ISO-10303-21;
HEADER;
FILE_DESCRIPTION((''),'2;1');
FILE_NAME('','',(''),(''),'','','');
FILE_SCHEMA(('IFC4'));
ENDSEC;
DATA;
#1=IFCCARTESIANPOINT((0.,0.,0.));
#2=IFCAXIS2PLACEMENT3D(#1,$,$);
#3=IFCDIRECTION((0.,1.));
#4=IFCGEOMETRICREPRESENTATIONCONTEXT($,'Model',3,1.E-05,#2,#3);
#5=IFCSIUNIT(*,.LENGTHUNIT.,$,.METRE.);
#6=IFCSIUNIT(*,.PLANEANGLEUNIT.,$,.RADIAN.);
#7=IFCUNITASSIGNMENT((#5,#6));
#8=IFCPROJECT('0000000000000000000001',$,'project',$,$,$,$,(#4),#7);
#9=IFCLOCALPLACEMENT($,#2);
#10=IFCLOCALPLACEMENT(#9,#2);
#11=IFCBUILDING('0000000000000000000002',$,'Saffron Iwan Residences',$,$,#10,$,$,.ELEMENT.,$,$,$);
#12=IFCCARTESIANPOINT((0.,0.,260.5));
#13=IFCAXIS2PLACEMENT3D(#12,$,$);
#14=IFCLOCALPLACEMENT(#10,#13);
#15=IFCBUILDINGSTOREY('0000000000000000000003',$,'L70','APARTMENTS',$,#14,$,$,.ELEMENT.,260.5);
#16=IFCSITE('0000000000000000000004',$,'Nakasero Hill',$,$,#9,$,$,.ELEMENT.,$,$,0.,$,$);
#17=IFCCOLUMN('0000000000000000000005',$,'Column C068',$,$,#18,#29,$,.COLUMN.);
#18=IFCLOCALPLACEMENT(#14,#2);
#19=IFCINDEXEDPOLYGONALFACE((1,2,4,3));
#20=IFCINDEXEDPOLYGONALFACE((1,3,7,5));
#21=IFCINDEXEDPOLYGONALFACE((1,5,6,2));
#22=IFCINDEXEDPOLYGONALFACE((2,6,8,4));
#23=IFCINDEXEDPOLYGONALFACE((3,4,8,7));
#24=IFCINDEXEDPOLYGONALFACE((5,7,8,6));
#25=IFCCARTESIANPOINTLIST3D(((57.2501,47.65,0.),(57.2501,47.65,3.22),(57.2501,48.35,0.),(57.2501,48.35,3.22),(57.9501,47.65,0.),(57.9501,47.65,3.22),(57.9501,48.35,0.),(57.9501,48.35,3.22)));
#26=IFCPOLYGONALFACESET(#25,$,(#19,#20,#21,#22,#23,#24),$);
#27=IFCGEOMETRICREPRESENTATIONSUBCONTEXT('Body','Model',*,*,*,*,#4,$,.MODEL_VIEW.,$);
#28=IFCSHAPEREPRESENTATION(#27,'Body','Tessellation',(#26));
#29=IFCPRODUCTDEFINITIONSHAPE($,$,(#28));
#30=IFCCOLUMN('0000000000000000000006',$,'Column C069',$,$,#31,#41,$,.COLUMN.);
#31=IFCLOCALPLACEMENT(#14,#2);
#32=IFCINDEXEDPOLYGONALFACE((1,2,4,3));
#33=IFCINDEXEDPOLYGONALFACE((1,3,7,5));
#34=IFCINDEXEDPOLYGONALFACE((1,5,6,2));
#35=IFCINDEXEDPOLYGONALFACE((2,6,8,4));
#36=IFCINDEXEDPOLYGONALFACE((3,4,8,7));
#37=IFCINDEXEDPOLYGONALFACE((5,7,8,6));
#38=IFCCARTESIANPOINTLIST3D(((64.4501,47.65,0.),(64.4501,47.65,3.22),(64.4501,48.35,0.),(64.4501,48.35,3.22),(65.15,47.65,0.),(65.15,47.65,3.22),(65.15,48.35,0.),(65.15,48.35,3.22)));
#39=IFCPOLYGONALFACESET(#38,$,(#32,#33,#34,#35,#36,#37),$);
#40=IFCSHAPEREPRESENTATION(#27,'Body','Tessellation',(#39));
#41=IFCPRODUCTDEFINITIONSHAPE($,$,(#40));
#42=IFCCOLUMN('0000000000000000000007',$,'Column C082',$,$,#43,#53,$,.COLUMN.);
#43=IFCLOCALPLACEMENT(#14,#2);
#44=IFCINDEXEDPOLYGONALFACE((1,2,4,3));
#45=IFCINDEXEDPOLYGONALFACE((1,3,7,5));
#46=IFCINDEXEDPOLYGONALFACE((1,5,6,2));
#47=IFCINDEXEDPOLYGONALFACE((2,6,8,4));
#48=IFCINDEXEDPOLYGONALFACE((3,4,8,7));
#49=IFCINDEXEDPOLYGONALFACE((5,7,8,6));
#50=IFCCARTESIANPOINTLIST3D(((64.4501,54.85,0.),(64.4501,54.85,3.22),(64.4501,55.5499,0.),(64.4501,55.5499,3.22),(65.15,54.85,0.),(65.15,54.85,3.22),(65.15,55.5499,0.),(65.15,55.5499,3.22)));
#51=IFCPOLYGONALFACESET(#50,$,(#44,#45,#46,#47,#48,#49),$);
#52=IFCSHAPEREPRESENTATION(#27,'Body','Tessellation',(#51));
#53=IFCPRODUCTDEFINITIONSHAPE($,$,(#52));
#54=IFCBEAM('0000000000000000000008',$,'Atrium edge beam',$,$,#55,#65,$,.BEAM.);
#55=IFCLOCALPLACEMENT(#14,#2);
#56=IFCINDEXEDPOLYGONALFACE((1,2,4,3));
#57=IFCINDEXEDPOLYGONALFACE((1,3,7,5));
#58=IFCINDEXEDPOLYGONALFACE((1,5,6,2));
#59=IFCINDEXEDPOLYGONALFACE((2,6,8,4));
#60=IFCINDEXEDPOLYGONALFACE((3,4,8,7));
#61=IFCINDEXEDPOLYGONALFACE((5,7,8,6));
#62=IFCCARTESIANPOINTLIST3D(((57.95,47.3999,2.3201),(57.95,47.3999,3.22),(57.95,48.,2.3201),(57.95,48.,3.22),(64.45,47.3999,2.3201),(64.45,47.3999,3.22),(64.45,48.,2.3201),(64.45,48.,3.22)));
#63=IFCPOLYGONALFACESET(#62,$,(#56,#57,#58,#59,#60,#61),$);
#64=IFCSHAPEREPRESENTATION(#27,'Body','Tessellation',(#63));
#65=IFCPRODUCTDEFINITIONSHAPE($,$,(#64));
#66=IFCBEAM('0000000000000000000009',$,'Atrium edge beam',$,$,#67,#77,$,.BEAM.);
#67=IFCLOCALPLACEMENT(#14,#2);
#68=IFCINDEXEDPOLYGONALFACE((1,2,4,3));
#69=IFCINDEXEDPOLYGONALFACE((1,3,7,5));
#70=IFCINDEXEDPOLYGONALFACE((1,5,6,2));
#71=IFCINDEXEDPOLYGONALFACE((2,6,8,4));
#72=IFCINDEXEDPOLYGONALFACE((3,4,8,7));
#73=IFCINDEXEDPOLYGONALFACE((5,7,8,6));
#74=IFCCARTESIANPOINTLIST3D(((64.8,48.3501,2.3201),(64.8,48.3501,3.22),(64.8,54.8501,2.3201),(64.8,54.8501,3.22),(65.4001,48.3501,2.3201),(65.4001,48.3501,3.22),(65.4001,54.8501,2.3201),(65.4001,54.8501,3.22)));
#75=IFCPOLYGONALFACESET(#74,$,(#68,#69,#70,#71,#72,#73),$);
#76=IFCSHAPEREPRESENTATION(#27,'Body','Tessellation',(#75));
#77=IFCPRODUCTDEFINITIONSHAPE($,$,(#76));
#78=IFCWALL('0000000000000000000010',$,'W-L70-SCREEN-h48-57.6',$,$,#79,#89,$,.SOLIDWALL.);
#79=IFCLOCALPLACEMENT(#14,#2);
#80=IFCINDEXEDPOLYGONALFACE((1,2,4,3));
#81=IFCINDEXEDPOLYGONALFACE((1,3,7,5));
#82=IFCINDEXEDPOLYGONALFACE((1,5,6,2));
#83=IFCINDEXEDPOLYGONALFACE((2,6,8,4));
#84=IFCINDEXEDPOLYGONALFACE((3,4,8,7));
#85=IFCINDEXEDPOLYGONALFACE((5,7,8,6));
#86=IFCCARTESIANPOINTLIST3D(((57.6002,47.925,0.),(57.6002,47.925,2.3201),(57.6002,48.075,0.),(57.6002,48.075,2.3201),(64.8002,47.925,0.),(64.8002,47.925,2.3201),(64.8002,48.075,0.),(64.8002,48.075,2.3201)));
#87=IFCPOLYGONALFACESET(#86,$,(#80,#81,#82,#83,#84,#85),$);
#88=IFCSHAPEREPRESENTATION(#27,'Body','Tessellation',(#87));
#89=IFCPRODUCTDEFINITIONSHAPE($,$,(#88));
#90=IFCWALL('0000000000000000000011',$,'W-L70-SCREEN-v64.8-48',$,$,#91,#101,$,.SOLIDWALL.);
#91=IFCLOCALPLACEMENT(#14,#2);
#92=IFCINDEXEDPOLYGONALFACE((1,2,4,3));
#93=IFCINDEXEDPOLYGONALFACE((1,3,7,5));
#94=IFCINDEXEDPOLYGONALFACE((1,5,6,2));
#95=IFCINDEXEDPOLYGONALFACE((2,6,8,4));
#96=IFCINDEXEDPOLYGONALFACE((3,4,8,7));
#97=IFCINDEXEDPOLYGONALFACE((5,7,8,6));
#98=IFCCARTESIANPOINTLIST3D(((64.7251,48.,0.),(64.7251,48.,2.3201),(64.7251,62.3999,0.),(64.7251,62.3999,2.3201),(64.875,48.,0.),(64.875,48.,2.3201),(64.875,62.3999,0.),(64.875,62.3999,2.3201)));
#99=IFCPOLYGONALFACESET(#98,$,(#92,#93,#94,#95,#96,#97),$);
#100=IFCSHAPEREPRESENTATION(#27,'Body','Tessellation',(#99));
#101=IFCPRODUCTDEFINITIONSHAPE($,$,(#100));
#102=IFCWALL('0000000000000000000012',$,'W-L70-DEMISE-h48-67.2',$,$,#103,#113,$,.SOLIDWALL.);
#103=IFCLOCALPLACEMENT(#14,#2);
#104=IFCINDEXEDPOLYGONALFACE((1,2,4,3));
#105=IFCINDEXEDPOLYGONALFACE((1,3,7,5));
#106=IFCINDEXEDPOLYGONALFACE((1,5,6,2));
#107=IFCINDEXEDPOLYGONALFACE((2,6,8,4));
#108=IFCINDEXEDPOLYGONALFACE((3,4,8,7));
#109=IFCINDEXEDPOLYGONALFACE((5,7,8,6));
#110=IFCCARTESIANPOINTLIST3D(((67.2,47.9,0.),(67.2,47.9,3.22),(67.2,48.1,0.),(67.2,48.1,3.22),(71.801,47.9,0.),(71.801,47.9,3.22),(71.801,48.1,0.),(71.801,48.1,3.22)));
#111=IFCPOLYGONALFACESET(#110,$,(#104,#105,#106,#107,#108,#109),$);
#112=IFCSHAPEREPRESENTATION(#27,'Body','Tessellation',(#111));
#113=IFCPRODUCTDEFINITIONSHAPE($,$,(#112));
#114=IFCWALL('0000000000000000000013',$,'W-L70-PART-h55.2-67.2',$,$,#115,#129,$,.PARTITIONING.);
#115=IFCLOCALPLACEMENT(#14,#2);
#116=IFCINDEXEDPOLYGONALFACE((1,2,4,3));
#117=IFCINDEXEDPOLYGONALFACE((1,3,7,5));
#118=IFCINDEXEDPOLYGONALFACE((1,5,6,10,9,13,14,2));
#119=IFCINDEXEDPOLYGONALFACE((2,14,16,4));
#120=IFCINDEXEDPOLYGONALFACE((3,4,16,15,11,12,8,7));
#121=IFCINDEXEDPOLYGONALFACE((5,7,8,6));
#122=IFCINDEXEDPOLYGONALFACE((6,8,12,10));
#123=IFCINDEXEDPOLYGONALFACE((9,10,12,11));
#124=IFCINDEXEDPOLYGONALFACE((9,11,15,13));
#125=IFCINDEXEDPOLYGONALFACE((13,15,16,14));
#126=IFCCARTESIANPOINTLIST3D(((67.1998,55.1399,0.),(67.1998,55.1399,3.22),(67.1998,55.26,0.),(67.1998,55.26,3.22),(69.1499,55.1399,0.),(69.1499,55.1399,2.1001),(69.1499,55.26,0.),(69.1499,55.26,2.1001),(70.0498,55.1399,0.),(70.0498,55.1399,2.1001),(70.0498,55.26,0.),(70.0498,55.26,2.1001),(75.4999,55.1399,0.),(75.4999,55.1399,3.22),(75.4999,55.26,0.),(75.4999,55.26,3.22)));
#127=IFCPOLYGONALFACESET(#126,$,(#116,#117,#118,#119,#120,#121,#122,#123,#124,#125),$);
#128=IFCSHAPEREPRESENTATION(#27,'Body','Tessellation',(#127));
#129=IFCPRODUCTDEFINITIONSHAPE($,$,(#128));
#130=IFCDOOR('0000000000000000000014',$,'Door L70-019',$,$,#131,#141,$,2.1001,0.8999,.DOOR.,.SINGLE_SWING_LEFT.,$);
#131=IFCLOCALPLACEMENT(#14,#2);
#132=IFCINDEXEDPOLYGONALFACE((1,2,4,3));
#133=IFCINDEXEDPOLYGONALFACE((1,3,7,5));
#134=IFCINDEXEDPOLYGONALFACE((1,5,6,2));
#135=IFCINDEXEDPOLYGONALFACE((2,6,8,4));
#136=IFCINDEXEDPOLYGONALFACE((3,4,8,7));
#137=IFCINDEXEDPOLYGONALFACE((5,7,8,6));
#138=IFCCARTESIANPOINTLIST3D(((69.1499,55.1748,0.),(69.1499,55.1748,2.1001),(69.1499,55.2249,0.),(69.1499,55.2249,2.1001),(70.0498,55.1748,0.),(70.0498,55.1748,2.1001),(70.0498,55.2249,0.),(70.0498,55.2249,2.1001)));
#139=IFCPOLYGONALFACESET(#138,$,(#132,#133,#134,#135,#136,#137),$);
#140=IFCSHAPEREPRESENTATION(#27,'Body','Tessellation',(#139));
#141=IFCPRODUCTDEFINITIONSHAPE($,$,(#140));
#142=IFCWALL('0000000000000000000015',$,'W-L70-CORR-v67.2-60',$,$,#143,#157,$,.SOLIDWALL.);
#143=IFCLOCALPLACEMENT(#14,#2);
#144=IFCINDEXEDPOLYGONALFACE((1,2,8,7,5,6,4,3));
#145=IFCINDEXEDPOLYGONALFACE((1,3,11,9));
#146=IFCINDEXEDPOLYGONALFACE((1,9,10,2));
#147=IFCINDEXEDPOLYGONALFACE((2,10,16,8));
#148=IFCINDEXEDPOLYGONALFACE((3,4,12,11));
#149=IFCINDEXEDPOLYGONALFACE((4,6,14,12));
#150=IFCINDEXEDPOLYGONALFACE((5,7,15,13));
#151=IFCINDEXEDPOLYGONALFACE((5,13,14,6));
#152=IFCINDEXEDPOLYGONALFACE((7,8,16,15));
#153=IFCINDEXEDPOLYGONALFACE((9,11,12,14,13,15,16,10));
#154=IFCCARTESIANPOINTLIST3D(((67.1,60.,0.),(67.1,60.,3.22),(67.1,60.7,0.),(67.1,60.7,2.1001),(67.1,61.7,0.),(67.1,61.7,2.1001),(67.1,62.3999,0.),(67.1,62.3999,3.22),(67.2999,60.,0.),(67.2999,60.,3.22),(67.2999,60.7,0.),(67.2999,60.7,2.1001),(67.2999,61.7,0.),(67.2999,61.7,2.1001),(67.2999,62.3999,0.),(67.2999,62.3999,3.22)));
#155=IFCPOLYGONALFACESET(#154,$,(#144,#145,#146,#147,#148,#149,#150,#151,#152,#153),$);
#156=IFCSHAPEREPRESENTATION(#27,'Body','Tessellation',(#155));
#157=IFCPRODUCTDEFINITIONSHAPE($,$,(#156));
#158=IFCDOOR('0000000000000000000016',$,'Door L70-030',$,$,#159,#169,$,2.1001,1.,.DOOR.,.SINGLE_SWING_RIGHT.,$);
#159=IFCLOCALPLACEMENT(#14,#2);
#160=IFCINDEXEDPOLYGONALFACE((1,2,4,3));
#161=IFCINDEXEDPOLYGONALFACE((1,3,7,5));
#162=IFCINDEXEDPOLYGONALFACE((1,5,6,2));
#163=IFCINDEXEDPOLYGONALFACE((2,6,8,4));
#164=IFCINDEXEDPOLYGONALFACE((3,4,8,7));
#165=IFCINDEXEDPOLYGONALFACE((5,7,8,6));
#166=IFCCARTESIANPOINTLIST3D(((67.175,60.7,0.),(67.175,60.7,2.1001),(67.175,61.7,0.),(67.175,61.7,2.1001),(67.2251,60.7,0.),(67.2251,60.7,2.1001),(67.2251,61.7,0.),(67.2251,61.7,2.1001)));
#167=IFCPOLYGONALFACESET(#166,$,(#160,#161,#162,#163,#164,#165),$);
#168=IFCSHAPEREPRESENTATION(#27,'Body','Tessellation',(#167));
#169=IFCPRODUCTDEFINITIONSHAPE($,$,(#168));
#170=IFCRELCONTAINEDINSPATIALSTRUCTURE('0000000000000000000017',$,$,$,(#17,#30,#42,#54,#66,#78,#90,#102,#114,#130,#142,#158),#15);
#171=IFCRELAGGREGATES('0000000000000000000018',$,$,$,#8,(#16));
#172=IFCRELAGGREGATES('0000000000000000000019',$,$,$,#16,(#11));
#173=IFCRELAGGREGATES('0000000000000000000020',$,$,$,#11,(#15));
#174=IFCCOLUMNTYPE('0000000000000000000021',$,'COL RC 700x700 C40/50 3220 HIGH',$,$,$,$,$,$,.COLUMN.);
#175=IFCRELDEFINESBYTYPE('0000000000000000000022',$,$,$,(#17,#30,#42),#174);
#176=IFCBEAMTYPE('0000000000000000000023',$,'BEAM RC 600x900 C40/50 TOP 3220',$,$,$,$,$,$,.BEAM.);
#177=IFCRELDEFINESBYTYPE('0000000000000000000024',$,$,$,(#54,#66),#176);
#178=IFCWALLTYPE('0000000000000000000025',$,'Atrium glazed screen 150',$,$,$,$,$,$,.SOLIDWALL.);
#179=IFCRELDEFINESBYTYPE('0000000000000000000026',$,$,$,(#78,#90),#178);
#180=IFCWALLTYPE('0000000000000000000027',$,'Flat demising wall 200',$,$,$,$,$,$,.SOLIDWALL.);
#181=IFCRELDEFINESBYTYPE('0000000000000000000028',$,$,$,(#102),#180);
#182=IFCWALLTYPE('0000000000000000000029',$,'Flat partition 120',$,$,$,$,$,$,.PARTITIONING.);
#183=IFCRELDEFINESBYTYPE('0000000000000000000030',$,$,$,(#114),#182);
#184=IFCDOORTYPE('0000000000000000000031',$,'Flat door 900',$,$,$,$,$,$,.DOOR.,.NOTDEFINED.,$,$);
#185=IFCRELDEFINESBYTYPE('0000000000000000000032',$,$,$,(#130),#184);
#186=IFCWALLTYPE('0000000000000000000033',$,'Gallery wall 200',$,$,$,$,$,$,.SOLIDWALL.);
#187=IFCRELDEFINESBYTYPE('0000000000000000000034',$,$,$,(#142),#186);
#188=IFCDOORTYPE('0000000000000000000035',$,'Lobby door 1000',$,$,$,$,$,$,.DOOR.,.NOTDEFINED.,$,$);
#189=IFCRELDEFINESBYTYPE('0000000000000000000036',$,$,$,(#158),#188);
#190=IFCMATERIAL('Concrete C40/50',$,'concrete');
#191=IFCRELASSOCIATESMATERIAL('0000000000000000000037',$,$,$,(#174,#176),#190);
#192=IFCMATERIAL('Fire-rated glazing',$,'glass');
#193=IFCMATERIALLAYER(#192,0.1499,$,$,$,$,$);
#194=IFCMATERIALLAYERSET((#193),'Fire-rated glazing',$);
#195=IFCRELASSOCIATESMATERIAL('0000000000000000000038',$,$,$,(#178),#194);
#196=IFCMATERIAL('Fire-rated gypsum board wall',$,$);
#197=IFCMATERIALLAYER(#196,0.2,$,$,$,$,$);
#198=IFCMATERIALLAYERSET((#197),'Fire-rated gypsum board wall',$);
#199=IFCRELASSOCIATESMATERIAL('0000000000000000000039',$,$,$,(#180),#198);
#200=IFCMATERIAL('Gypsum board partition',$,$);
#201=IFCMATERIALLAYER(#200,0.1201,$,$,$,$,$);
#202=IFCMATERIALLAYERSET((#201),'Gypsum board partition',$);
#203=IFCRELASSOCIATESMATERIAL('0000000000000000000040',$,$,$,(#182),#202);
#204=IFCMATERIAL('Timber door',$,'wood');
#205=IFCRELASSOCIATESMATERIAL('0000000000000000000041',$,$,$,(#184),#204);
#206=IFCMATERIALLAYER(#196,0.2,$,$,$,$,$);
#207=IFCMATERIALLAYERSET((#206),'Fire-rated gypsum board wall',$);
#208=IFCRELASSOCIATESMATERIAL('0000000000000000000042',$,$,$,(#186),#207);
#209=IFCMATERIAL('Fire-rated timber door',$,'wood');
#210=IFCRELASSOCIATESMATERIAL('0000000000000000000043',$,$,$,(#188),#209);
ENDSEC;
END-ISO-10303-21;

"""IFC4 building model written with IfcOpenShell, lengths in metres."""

from ifc_helpers import new_model, si_unit, direction, frame, frame_2d, origin, origin_2d, place, context, subcontext, project, spatial, rectangle, extrude, source, transform, mapped, material, layer, layer_set, material_profile, profile_set, type_object, element, fill, save


model = new_model("IFC4")

# Units and contexts
model_context = context("Model", 3, precision=1e-05, world=origin(), true_north=direction((0.0, 1.0)))
body_context = subcontext(model_context, "Body", "Model", "MODEL_VIEW")
ifc_project = project(units=[si_unit("LENGTHUNIT", "METRE"), si_unit("PLANEANGLEUNIT", "RADIAN")], contexts=[model_context])

# Site, building, storey
site_placement = place(None, origin())
site = spatial("IfcSite", under=ifc_project, at=site_placement, Name="Nakasero Hill", CompositionType="ELEMENT", RefElevation=0.0)
building_placement = place(site_placement, origin())
building = spatial("IfcBuilding", under=site, at=building_placement, Name="Saffron Iwan Residences", CompositionType="ELEMENT")
storey_placement = place(building_placement, frame((0.0, 0.0, 260.5)))
storey = spatial("IfcBuildingStorey", under=building, at=storey_placement, Name="L70", Description="APARTMENTS", CompositionType="ELEMENT", Elevation=260.5)

# Columns
ifc_material_1 = material(Name="Concrete C40/50", Category="concrete")
ifc_material_profile_1 = material_profile(ifc_material_1, rectangle(XDim=0.7, YDim=0.7, at=origin_2d()), Name="RC 700x700")
ifc_profile_set_1 = profile_set([ifc_material_profile_1], Name="Concrete C40/50")
column_type = type_object("IfcColumnType", Name="COL RC 700x700 C40/50 3220 HIGH", PredefinedType="COLUMN", material=ifc_profile_set_1)
shared_shape_1 = source(origin(), body_context, "Body", "SweptSolid", [
    extrude(rectangle(XDim=0.7, YDim=0.7, at=origin_2d()), origin(), (0.0, 0.0, 1.0), 3.22),
])
for number, where, z_axis, x_axis, name in (
    (1, (57.6001, 48.0, 0.0), (0.0, 0.0, 1.0), (1.0, 0.0, 0.0), "Column C068"),
    (2, (64.8, 48.0, 0.0), (0.0, 0.0, 1.0), (1.0, 0.0, 0.0), "Column C069"),
    (3, (64.8, 55.2, 0.0), (0.0, 0.0, 1.0), (1.0, 0.0, 0.0), "Column C082"),
):
    element("IfcColumn", number, at=place(storey_placement, frame(where, z_axis=z_axis, x_axis=x_axis)), inside=storey, type_object=column_type, Name=name, PredefinedType="COLUMN", context=body_context, shape_type="MappedRepresentation", body=[
        mapped(shared_shape_1, transform((0.0, 0.0, 0.0))),
    ])

# Beams
ifc_material_profile_2 = material_profile(ifc_material_1, rectangle(XDim=0.6001, YDim=0.8999, at=origin_2d()), Name="RC 600x900")
ifc_profile_set_2 = profile_set([ifc_material_profile_2], Name="Concrete C40/50")
beam_type = type_object("IfcBeamType", Name="BEAM RC 600x900 C40/50 TOP 3220", PredefinedType="BEAM", material=ifc_profile_set_2)
shared_shape_2 = source(origin(), body_context, "Body", "SweptSolid", [
    extrude(rectangle(XDim=0.6001, YDim=0.8999, at=origin_2d()), origin(), (0.0, 0.0, 1.0), 6.5),
])
for number, where, z_axis, x_axis, name in (
    (4, (64.45, 47.7, 2.77), (-1.0, 0.0, 0.0), (0.0, -1.0, 0.0), "Atrium edge beam"),
    (5, (65.1001, 54.8501, 2.77), (0.0, -1.0, 0.0), (1.0, 0.0, 0.0), "Atrium edge beam"),
):
    element("IfcBeam", number, at=place(storey_placement, frame(where, z_axis=z_axis, x_axis=x_axis)), inside=storey, type_object=beam_type, Name=name, PredefinedType="BEAM", context=body_context, shape_type="MappedRepresentation", body=[
        mapped(shared_shape_2, transform((0.0, 0.0, 0.0))),
    ])

# Walls
ifc_material_2 = material(Name="Fire-rated glazing", Category="glass")
ifc_layer_1 = layer(ifc_material_2, 0.1499)
ifc_layer_set_1 = layer_set([ifc_layer_1], Name="Fire-rated glazing")
wall_type_1 = type_object("IfcWallType", Name="Atrium glazed screen 150", PredefinedType="SOLIDWALL", material=ifc_layer_set_1)
wall_1_placement = place(storey_placement, frame((57.6001, 48.0, 0.0), z_axis=(0.0, 0.0, 1.0), x_axis=(1.0, 0.0, 0.0)))
element("IfcWall", 6, at=wall_1_placement, inside=storey, type_object=wall_type_1, Name="W-L70-SCREEN-h48-57.6", PredefinedType="SOLIDWALL", context=body_context, shape_type="SweptSolid", body=[
    extrude(rectangle(XDim=7.2, YDim=0.1499, at=frame_2d((3.6001, 0.0))), origin(), (0.0, 0.0, 1.0), 2.3201),
])
wall_2_placement = place(storey_placement, frame((64.8, 48.0, 0.0), z_axis=(0.0, 0.0, 1.0), x_axis=(0.0, 1.0, 0.0)))
element("IfcWall", 7, at=wall_2_placement, inside=storey, type_object=wall_type_1, Name="W-L70-SCREEN-v64.8-48", PredefinedType="SOLIDWALL", context=body_context, shape_type="SweptSolid", body=[
    extrude(rectangle(XDim=14.3999, YDim=0.1499, at=frame_2d((7.2, 0.0))), origin(), (0.0, 0.0, 1.0), 2.3201),
])
ifc_material_3 = material(Name="Fire-rated gypsum board wall")
ifc_layer_2 = layer(ifc_material_3, 0.2)
ifc_layer_set_2 = layer_set([ifc_layer_2], Name="Fire-rated gypsum board wall")
wall_type_2 = type_object("IfcWallType", Name="Flat demising wall 200", PredefinedType="SOLIDWALL", material=ifc_layer_set_2)
wall_3_placement = place(storey_placement, frame((67.2, 48.0, 0.0), z_axis=(0.0, 0.0, 1.0), x_axis=(1.0, 0.0, 0.0)))
element("IfcWall", 8, at=wall_3_placement, inside=storey, type_object=wall_type_2, Name="W-L70-DEMISE-h48-67.2", PredefinedType="SOLIDWALL", context=body_context, shape_type="SweptSolid", body=[
    extrude(rectangle(XDim=4.6011, YDim=0.2, at=frame_2d((2.3005, 0.0))), origin(), (0.0, 0.0, 1.0), 3.22),
])

# Walls, openings, doors
ifc_material_4 = material(Name="Gypsum board partition")
ifc_layer_3 = layer(ifc_material_4, 0.1201)
ifc_layer_set_3 = layer_set([ifc_layer_3], Name="Gypsum board partition")
wall_type_3 = type_object("IfcWallType", Name="Flat partition 120", PredefinedType="PARTITIONING", material=ifc_layer_set_3)
wall_4_placement = place(storey_placement, frame((67.2, 55.2, 0.0), z_axis=(0.0, 0.0, 1.0), x_axis=(1.0, 0.0, 0.0)))
wall_4 = element("IfcWall", 9, at=wall_4_placement, inside=storey, type_object=wall_type_3, Name="W-L70-PART-h55.2-67.2", PredefinedType="PARTITIONING", context=body_context, shape_type="SweptSolid", body=[
    extrude(rectangle(XDim=8.3, YDim=0.1201, at=frame_2d((4.1499, 0.0))), origin(), (0.0, 0.0, 1.0), 3.22),
])
opening_1_placement = place(wall_4_placement, frame((1.95, 0.0, 0.0)))
opening_1 = element("IfcOpeningElement", 10, at=opening_1_placement, cuts=wall_4, PredefinedType="OPENING", context=body_context, shape_type="SweptSolid", body=[
    extrude(rectangle(XDim=0.8999, YDim=2.1001, at=frame_2d((0.45, 1.05))), frame((0.0, 0.0701, 0.0), z_axis=(0.0, -1.0, 0.0), x_axis=(1.0, 0.0, 0.0)), (0.0, 0.0, 1.0), 0.1401),
])
ifc_material_5 = material(Name="Timber door", Category="wood")
door_type_1 = type_object("IfcDoorType", Name="Flat door 900", OperationType="NOTDEFINED", PredefinedType="DOOR", material=ifc_material_5)
door_1_placement = place(opening_1_placement, origin())
door_1 = element("IfcDoor", 11, at=door_1_placement, inside=storey, type_object=door_type_1, Name="Door L70-019", OperationType="SINGLE_SWING_LEFT", OverallHeight=2.1001, OverallWidth=0.8999, PredefinedType="DOOR", context=body_context, shape_type="SweptSolid", body=[
    extrude(rectangle(XDim=0.8999, YDim=2.1001, at=frame_2d((0.45, 1.05))), frame((0.0, 0.0249, 0.0), z_axis=(0.0, -1.0, 0.0), x_axis=(1.0, 0.0, 0.0)), (0.0, 0.0, 1.0), 0.05),
])
fill(opening_1, door_1)
ifc_layer_4 = layer(ifc_material_3, 0.2)
ifc_layer_set_4 = layer_set([ifc_layer_4], Name="Fire-rated gypsum board wall")
wall_type_4 = type_object("IfcWallType", Name="Gallery wall 200", PredefinedType="SOLIDWALL", material=ifc_layer_set_4)
wall_5_placement = place(storey_placement, frame((67.2, 60.0, 0.0), z_axis=(0.0, 0.0, 1.0), x_axis=(0.0, 1.0, 0.0)))
wall_5 = element("IfcWall", 12, at=wall_5_placement, inside=storey, type_object=wall_type_4, Name="W-L70-CORR-v67.2-60", PredefinedType="SOLIDWALL", context=body_context, shape_type="SweptSolid", body=[
    extrude(rectangle(XDim=2.3999, YDim=0.2, at=frame_2d((1.2, 0.0))), origin(), (0.0, 0.0, 1.0), 3.22),
])
opening_2_placement = place(wall_5_placement, frame((0.7, 0.0, 0.0)))
opening_2 = element("IfcOpeningElement", 13, at=opening_2_placement, cuts=wall_5, PredefinedType="OPENING", context=body_context, shape_type="SweptSolid", body=[
    extrude(rectangle(XDim=1.0, YDim=2.1001, at=frame_2d((0.5, 1.05))), frame((0.0, 0.1099, 0.0), z_axis=(0.0, -1.0, 0.0), x_axis=(1.0, 0.0, 0.0)), (0.0, 0.0, 1.0), 0.22),
])
ifc_material_6 = material(Name="Fire-rated timber door", Category="wood")
door_type_2 = type_object("IfcDoorType", Name="Lobby door 1000", OperationType="NOTDEFINED", PredefinedType="DOOR", material=ifc_material_6)
door_2_placement = place(opening_2_placement, origin())
door_2 = element("IfcDoor", 14, at=door_2_placement, inside=storey, type_object=door_type_2, Name="Door L70-030", OperationType="SINGLE_SWING_RIGHT", OverallHeight=2.1001, OverallWidth=1.0, PredefinedType="DOOR", context=body_context, shape_type="SweptSolid", body=[
    extrude(rectangle(XDim=1.0, YDim=2.1001, at=frame_2d((0.5, 1.05))), frame((0.0, 0.0249, 0.0), z_axis=(0.0, -1.0, 0.0), x_axis=(1.0, 0.0, 0.0)), (0.0, 0.0, 1.0), 0.05),
])
fill(opening_2, door_2)

save(model, "model.ifc")
